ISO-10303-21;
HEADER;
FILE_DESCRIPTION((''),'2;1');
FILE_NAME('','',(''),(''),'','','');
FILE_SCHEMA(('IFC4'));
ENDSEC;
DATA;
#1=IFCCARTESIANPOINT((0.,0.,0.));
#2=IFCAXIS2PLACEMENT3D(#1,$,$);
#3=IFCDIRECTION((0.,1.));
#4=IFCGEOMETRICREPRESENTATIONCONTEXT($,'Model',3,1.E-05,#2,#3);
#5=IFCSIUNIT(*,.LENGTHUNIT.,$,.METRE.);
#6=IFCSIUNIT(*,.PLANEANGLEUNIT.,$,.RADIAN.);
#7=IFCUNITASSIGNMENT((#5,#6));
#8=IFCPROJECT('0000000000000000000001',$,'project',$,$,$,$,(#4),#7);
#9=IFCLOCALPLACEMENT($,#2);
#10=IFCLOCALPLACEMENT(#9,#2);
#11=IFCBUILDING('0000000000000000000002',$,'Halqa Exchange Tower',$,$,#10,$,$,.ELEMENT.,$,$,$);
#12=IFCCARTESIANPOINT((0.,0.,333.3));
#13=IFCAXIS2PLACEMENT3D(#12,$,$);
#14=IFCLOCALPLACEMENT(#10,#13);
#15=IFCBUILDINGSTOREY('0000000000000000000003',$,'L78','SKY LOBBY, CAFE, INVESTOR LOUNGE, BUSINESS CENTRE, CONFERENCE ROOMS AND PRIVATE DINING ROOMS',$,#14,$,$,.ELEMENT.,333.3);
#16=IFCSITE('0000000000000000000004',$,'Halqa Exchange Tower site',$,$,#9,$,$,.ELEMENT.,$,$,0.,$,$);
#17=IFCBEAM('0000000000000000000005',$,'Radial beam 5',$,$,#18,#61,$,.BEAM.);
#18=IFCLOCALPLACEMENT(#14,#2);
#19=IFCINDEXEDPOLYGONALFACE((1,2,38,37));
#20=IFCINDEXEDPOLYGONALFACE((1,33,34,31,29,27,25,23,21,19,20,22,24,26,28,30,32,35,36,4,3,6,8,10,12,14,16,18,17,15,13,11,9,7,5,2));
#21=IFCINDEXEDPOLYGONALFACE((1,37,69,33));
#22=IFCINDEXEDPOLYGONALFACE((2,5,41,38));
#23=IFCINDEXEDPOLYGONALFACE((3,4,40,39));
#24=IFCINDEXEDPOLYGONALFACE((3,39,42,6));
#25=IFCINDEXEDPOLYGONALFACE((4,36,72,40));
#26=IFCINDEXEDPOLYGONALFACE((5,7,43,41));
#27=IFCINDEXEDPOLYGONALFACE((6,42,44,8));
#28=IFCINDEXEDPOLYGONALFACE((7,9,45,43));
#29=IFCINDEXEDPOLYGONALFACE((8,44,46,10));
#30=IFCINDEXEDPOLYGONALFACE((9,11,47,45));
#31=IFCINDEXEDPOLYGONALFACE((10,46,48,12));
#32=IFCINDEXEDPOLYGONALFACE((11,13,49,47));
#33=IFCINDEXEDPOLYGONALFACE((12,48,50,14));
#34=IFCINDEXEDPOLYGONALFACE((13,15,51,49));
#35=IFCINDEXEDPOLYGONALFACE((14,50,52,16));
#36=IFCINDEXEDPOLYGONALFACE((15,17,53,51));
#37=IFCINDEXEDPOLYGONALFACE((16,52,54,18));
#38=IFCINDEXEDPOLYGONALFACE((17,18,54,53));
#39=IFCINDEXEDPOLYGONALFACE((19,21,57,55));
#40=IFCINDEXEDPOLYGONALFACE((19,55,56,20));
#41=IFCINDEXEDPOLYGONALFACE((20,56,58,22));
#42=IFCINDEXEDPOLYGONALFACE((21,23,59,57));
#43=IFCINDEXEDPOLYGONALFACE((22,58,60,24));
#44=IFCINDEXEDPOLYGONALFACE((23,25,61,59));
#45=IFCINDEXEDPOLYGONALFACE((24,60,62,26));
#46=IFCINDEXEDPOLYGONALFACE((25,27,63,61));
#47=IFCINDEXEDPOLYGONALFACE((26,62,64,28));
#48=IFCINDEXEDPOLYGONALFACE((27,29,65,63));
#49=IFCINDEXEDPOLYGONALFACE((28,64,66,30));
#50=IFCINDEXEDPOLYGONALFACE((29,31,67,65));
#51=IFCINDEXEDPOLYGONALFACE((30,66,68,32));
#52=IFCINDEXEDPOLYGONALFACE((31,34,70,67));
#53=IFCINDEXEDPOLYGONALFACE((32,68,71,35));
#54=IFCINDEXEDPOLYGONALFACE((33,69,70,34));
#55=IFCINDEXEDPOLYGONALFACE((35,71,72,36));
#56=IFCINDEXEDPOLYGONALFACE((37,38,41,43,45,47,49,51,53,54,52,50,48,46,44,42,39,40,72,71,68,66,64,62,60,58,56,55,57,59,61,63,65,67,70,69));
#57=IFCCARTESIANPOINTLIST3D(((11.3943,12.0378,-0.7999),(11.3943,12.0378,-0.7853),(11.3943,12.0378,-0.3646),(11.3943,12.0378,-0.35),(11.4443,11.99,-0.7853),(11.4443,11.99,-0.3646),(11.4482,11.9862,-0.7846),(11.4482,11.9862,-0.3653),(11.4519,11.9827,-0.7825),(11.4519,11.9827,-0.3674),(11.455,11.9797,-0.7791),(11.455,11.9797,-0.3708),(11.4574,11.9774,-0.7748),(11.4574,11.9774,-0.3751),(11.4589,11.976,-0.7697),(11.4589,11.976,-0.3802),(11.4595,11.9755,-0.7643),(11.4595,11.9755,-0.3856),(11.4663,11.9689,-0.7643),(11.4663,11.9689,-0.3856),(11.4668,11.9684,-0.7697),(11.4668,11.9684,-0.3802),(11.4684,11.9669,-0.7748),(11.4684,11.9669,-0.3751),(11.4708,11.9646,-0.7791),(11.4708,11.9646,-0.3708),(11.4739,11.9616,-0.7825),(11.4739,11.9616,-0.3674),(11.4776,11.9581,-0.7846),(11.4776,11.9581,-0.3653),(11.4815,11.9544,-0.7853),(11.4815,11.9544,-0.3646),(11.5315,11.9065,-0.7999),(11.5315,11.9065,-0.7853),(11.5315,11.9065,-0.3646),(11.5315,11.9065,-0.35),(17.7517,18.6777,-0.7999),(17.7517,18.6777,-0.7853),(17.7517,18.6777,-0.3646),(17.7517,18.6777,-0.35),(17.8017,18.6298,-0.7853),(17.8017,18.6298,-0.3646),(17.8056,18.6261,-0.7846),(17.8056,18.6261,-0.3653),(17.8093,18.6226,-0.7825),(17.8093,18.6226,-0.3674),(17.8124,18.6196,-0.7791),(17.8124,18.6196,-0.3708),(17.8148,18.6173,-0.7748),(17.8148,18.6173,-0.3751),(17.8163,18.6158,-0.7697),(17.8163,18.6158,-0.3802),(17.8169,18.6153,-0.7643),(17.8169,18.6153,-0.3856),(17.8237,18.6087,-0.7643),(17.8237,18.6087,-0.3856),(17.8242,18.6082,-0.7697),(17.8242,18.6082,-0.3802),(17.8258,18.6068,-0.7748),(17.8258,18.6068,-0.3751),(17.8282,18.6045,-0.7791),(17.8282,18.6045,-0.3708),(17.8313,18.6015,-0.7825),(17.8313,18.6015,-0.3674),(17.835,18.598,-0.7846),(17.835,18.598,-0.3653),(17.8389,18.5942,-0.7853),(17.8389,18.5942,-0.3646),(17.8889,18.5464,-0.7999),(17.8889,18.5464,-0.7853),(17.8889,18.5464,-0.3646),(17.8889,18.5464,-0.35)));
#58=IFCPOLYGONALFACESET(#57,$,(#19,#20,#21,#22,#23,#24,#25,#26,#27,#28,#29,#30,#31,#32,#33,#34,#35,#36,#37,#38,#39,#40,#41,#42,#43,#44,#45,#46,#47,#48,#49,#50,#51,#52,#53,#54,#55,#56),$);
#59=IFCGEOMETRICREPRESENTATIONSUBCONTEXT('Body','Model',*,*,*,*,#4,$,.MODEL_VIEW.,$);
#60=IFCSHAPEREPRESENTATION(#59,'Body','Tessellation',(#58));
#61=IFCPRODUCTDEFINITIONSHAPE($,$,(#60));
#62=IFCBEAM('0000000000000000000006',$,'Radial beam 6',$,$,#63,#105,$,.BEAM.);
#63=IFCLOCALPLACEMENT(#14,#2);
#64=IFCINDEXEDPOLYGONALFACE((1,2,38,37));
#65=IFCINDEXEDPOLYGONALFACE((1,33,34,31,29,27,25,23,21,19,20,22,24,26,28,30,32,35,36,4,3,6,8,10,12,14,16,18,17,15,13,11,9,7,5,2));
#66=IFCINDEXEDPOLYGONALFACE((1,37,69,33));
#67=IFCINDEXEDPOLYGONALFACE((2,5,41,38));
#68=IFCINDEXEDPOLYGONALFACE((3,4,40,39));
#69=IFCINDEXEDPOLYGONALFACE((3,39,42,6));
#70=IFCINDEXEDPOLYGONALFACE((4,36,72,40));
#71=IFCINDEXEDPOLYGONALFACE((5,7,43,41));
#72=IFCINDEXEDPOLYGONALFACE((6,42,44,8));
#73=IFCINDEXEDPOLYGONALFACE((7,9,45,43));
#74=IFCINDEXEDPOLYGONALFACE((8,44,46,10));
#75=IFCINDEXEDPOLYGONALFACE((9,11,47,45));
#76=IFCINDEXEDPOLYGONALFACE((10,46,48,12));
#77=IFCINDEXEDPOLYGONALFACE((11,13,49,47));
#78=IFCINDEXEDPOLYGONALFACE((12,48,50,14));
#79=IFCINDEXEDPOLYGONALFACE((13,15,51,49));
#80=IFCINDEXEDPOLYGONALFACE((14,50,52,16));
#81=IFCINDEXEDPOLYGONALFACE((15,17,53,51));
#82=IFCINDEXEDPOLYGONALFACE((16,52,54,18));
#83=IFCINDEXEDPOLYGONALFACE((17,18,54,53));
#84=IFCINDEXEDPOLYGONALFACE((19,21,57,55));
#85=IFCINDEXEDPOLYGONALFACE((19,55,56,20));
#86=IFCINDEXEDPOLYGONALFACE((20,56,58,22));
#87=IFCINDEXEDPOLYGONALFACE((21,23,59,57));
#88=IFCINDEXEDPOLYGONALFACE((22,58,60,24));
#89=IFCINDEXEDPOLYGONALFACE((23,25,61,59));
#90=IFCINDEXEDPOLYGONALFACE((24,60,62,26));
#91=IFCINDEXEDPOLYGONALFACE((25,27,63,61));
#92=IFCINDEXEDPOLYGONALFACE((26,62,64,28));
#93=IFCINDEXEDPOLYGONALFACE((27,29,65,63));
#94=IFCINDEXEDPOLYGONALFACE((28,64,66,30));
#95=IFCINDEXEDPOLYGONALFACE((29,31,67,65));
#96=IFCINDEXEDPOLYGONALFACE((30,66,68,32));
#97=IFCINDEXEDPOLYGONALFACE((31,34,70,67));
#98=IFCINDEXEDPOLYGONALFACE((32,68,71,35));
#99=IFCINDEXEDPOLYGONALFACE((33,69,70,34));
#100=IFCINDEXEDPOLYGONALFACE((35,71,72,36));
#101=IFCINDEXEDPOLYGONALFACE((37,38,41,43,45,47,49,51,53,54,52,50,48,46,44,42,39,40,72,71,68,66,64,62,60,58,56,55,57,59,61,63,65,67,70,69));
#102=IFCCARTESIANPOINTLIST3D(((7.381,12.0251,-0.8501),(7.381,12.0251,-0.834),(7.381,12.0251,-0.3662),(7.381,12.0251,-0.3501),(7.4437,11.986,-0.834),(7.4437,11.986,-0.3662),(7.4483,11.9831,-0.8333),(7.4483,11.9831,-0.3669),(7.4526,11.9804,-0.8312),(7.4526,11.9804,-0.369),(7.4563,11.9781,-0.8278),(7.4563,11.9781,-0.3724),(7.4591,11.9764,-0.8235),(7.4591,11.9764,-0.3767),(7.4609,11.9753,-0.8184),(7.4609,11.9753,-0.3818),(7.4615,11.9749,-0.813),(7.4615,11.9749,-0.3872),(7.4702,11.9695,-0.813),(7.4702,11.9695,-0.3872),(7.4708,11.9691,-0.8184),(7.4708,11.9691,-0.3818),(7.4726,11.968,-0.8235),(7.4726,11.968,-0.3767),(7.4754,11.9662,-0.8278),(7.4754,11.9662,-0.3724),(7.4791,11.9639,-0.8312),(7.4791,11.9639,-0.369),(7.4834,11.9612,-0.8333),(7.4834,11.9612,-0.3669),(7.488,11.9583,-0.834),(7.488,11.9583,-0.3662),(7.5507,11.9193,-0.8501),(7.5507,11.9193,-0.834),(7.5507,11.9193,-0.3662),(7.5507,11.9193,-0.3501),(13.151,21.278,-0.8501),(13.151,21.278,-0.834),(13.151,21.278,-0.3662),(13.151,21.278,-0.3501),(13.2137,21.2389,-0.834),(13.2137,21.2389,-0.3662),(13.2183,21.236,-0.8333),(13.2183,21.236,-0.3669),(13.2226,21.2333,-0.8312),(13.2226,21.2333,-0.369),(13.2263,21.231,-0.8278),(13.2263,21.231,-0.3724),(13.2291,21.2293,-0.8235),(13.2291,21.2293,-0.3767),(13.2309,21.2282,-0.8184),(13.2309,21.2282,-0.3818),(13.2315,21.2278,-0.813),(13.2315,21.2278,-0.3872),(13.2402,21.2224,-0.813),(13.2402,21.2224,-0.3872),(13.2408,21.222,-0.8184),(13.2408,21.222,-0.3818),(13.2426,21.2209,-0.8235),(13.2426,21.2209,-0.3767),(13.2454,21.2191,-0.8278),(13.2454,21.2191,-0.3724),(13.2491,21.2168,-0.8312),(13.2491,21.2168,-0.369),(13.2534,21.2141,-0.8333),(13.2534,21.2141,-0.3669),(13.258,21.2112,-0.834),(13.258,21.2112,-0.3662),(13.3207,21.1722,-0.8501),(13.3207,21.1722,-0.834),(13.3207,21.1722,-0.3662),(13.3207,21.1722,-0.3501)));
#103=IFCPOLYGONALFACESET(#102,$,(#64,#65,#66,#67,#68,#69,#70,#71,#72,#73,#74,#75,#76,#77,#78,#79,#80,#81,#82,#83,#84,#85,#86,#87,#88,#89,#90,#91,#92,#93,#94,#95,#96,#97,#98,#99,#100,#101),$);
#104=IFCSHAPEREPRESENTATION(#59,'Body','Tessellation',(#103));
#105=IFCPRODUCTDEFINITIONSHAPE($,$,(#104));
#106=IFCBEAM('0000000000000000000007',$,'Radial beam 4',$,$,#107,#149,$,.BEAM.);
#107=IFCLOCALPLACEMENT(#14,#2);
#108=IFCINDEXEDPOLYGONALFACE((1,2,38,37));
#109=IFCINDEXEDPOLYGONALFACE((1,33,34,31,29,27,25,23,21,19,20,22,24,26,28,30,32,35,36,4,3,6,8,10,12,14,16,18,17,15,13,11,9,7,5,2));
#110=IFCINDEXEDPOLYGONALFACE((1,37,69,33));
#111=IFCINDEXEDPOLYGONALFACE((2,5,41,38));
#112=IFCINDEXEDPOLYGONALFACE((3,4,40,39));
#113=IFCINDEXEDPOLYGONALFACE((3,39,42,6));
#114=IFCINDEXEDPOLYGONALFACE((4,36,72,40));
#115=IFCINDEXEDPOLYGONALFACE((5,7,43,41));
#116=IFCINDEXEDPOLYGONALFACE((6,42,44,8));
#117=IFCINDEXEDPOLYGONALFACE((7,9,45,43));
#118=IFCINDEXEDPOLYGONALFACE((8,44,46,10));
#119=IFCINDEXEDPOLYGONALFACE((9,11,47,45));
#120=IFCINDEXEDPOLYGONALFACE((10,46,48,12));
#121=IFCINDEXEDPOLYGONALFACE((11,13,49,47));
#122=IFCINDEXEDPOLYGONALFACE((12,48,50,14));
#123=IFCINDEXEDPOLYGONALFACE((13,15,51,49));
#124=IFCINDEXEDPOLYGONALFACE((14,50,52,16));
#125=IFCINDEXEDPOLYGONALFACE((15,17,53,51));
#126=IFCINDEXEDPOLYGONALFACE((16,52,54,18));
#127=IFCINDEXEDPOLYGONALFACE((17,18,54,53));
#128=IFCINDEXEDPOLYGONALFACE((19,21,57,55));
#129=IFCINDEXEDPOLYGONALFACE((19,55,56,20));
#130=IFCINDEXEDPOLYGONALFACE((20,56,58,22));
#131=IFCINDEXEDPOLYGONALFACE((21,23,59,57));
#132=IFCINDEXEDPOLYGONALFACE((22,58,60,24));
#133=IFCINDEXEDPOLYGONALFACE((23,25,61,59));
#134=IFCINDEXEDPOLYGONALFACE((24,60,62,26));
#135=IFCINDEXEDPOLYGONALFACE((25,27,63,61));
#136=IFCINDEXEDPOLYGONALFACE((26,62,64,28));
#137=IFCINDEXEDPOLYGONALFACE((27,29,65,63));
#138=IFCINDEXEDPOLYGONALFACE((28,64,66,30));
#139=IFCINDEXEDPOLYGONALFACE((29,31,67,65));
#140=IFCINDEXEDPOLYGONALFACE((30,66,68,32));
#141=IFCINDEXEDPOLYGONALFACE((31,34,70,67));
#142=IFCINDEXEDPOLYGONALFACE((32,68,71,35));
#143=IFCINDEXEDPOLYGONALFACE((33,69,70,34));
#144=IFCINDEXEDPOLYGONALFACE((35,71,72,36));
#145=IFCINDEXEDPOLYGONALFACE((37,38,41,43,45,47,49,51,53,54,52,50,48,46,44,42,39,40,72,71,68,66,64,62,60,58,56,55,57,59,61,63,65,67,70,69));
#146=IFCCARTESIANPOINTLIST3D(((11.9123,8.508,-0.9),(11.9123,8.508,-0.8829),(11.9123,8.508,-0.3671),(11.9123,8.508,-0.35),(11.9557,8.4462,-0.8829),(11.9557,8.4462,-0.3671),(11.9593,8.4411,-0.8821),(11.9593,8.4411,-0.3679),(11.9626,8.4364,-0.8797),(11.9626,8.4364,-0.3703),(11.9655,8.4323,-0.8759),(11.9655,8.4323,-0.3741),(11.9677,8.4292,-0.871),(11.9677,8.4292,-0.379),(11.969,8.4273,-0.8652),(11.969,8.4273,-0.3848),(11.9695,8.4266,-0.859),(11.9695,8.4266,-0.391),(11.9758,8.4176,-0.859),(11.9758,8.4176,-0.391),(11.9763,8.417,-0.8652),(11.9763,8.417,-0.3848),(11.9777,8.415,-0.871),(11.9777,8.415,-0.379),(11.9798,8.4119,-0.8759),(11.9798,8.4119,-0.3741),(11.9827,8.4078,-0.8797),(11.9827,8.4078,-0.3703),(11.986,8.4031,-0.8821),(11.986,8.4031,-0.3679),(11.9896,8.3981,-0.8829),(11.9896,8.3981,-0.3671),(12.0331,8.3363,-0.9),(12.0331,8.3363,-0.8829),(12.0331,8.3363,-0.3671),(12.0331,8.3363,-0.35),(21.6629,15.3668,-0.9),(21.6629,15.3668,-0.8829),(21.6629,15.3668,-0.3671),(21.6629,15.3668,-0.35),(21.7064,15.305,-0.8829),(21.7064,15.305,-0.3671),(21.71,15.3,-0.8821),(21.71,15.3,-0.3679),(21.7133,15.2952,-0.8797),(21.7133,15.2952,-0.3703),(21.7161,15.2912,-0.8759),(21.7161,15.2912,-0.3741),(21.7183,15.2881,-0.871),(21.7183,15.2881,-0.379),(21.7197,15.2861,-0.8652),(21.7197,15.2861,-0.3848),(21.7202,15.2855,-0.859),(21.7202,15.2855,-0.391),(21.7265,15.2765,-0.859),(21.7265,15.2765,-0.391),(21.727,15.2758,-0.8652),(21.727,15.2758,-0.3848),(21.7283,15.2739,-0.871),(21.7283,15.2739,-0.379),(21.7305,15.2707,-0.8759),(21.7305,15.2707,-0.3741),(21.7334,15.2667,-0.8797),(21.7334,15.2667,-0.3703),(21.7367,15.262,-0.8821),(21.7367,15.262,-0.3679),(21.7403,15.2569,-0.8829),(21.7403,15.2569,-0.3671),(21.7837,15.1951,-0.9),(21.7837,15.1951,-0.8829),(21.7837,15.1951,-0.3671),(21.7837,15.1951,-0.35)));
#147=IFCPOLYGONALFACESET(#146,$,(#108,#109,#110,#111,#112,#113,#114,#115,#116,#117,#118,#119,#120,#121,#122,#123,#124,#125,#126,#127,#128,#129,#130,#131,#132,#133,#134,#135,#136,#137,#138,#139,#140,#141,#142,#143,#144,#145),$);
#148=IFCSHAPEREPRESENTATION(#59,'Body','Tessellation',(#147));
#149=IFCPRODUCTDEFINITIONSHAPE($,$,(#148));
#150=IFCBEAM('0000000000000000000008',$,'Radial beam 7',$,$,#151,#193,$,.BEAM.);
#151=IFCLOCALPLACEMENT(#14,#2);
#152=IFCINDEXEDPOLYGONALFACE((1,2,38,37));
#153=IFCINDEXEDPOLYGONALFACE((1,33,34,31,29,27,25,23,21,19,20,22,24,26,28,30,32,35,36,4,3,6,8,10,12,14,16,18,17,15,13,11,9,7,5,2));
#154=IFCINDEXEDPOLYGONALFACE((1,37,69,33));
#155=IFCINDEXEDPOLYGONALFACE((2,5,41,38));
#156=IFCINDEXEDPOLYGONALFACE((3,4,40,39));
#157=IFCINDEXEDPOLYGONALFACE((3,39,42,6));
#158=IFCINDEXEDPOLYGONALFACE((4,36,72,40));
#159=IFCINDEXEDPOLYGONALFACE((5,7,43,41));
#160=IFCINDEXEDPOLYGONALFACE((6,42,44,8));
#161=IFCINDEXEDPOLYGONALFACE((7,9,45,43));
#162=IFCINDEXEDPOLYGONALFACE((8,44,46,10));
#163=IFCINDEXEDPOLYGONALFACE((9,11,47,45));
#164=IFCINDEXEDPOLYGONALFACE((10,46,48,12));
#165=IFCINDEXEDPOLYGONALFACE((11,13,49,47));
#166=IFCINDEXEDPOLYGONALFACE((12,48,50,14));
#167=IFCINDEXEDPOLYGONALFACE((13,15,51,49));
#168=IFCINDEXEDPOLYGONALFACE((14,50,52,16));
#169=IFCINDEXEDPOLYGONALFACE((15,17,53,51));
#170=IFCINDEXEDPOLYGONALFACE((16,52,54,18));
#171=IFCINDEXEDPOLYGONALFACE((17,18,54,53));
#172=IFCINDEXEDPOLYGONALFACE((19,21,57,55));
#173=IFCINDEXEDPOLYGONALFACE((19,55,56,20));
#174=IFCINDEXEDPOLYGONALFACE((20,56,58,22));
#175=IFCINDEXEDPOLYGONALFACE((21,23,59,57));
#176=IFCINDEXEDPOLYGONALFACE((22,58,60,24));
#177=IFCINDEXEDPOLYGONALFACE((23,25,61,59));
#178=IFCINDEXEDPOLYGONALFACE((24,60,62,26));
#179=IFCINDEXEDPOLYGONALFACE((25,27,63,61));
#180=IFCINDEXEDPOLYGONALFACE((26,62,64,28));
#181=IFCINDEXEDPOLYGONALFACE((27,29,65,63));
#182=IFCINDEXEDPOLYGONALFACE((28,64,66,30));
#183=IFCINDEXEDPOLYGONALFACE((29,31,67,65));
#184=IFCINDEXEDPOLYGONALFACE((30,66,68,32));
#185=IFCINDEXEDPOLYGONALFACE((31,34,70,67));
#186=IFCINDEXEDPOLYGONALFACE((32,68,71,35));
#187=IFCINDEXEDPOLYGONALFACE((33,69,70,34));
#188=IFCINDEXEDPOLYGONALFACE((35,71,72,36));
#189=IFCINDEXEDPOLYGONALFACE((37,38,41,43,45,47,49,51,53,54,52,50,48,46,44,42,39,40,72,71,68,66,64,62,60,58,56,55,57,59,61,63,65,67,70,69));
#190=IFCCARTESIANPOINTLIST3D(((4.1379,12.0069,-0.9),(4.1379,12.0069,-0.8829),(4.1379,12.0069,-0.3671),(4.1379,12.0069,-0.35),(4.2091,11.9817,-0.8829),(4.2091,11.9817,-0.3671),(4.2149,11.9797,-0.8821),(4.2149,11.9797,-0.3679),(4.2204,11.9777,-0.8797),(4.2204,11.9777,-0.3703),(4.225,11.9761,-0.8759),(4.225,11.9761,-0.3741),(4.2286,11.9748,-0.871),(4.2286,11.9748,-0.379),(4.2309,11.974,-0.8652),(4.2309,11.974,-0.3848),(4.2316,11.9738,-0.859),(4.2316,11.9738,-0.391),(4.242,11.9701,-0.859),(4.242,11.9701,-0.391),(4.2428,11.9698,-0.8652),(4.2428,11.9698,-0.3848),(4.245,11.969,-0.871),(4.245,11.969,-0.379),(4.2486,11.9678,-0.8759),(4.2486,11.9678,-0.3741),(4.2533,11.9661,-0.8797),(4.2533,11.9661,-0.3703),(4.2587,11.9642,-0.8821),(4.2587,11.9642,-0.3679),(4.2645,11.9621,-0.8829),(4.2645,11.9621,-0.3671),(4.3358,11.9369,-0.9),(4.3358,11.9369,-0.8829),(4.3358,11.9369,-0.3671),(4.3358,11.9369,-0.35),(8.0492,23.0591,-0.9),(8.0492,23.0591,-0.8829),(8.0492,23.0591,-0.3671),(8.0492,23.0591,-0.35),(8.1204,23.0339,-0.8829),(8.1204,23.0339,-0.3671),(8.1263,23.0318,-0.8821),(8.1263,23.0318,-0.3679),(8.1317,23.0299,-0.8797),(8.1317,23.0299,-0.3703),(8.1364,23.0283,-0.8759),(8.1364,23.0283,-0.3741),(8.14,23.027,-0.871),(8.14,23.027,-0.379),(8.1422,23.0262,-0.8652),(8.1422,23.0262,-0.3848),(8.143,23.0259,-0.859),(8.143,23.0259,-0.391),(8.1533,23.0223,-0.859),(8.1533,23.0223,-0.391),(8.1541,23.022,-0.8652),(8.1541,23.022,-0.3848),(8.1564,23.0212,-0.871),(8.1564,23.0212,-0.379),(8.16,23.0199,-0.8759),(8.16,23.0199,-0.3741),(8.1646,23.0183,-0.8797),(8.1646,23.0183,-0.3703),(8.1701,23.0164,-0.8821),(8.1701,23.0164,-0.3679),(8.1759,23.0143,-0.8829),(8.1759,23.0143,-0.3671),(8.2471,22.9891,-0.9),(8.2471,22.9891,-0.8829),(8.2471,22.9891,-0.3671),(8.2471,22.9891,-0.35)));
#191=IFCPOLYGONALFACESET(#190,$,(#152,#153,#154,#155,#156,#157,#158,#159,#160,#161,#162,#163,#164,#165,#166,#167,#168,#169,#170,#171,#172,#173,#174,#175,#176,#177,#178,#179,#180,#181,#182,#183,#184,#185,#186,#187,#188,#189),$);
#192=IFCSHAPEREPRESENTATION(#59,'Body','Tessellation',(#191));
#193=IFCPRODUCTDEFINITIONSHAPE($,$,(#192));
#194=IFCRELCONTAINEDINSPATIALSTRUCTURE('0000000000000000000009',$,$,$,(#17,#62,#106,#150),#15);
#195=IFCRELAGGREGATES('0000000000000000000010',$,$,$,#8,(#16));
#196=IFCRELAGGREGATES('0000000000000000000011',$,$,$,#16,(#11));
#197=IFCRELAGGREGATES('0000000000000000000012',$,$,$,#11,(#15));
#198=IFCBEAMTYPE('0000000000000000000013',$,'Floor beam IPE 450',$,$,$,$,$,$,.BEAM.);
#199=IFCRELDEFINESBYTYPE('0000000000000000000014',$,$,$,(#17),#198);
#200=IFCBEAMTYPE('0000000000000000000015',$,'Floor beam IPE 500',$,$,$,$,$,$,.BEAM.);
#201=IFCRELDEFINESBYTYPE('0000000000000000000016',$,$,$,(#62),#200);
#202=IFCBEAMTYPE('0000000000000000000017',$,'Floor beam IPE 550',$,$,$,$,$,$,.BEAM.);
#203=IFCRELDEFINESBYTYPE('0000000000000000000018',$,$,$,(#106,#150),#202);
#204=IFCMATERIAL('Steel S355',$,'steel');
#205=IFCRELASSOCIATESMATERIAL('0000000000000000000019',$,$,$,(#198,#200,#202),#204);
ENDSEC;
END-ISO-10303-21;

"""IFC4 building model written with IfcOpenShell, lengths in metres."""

from ifc_helpers import new_model, si_unit, direction, frame, origin, origin_2d, place, context, subcontext, project, spatial, i_section, extrude, material, material_profile, profile_set, type_object, element, save


model = new_model("IFC4")

# Units and contexts
model_context = context("Model", 3, precision=1e-05, world=origin(), true_north=direction((0.0, 1.0)))
body_context = subcontext(model_context, "Body", "Model", "MODEL_VIEW")
ifc_project = project(units=[si_unit("LENGTHUNIT", "METRE"), si_unit("PLANEANGLEUNIT", "RADIAN")], contexts=[model_context])

# Site, building, storey
site_placement = place(None, origin())
site = spatial("IfcSite", under=ifc_project, at=site_placement, Name="Halqa Exchange Tower site", CompositionType="ELEMENT", RefElevation=0.0)
building_placement = place(site_placement, origin())
building = spatial("IfcBuilding", under=site, at=building_placement, Name="Halqa Exchange Tower", CompositionType="ELEMENT")
storey_placement = place(building_placement, frame((0.0, 0.0, 333.3)))
storey = spatial("IfcBuildingStorey", under=building, at=storey_placement, Name="L78", Description="SKY LOBBY, CAFE, INVESTOR LOUNGE, BUSINESS CENTRE, CONFERENCE ROOMS AND PRIVATE DINING ROOMS", CompositionType="ELEMENT", Elevation=333.3)

# Beams
ifc_material_1 = material(Name="Steel S355", Category="steel")
ifc_material_profile_1 = material_profile(ifc_material_1, i_section(OverallWidth=0.1899, OverallDepth=0.45, WebThickness=0.0095, FlangeThickness=0.0146, FilletRadius=0.021, at=origin_2d()), Name="IPE 450")
ifc_profile_set_1 = profile_set([ifc_material_profile_1], Name="Steel S355")
beam_type_1 = type_object("IfcBeamType", Name="Floor beam IPE 450", PredefinedType="BEAM", material=ifc_profile_set_1)
beam_1_placement = place(storey_placement, frame((11.4629, 11.9722, -0.575), z_axis=(0.691576, 0.722304, 0.0), x_axis=(-0.722304, 0.691576, 0.0)))
element("IfcBeam", 1, at=beam_1_placement, inside=storey, type_object=beam_type_1, Name="Radial beam 5", PredefinedType="BEAM", context=body_context, shape_type="SweptSolid", body=[
    extrude(i_section(OverallWidth=0.1899, OverallDepth=0.45, WebThickness=0.0095, FlangeThickness=0.0146, FilletRadius=0.021, at=origin_2d()), origin(), (0.0, 0.0, 1.0), 9.1926),
])
ifc_material_profile_2 = material_profile(ifc_material_1, i_section(OverallWidth=0.2, OverallDepth=0.5, WebThickness=0.0103, FlangeThickness=0.0161, FilletRadius=0.021, at=origin_2d()), Name="IPE 500")
ifc_profile_set_2 = profile_set([ifc_material_profile_2], Name="Steel S355")
beam_type_2 = type_object("IfcBeamType", Name="Floor beam IPE 500", PredefinedType="BEAM", material=ifc_profile_set_2)
beam_2_placement = place(storey_placement, frame((7.4658, 11.9722, -0.6001), z_axis=(0.529137, 0.848536, 0.0), x_axis=(-0.848536, 0.529137, 0.0)))
element("IfcBeam", 2, at=beam_2_placement, inside=storey, type_object=beam_type_2, Name="Radial beam 6", PredefinedType="BEAM", context=body_context, shape_type="SweptSolid", body=[
    extrude(i_section(OverallWidth=0.2, OverallDepth=0.5, WebThickness=0.0103, FlangeThickness=0.0161, FilletRadius=0.021, at=origin_2d()), origin(), (0.0, 0.0, 1.0), 10.9045),
])
ifc_material_profile_3 = material_profile(ifc_material_1, i_section(OverallWidth=0.21, OverallDepth=0.55, WebThickness=0.011, FlangeThickness=0.0171, FilletRadius=0.0239, at=origin_2d()), Name="IPE 550")
ifc_profile_set_3 = profile_set([ifc_material_profile_3], Name="Steel S355")
beam_type_3 = type_object("IfcBeamType", Name="Floor beam IPE 550", PredefinedType="BEAM", material=ifc_profile_set_3)
beam_3_placement = place(storey_placement, frame((11.9727, 8.4221, -0.625), z_axis=(0.817915, 0.57534, 0.0), x_axis=(-0.57534, 0.817915, 0.0)))
element("IfcBeam", 3, at=beam_3_placement, inside=storey, type_object=beam_type_3, Name="Radial beam 4", PredefinedType="BEAM", context=body_context, shape_type="SweptSolid", body=[
    extrude(i_section(OverallWidth=0.21, OverallDepth=0.55, WebThickness=0.011, FlangeThickness=0.0171, FilletRadius=0.0239, at=origin_2d()), origin(), (0.0, 0.0, 1.0), 11.9214),
])
beam_4_placement = place(storey_placement, frame((4.2368, 11.9719, -0.625), z_axis=(0.333623, 0.942707, 0.0), x_axis=(-0.942707, 0.333623, 0.0)))
element("IfcBeam", 4, at=beam_4_placement, inside=storey, type_object=beam_type_3, Name="Radial beam 7", PredefinedType="BEAM", context=body_context, shape_type="SweptSolid", body=[
    extrude(i_section(OverallWidth=0.21, OverallDepth=0.55, WebThickness=0.011, FlangeThickness=0.0171, FilletRadius=0.0239, at=origin_2d()), origin(), (0.0, 0.0, 1.0), 11.7239),
])

save(model, "model.ifc")
